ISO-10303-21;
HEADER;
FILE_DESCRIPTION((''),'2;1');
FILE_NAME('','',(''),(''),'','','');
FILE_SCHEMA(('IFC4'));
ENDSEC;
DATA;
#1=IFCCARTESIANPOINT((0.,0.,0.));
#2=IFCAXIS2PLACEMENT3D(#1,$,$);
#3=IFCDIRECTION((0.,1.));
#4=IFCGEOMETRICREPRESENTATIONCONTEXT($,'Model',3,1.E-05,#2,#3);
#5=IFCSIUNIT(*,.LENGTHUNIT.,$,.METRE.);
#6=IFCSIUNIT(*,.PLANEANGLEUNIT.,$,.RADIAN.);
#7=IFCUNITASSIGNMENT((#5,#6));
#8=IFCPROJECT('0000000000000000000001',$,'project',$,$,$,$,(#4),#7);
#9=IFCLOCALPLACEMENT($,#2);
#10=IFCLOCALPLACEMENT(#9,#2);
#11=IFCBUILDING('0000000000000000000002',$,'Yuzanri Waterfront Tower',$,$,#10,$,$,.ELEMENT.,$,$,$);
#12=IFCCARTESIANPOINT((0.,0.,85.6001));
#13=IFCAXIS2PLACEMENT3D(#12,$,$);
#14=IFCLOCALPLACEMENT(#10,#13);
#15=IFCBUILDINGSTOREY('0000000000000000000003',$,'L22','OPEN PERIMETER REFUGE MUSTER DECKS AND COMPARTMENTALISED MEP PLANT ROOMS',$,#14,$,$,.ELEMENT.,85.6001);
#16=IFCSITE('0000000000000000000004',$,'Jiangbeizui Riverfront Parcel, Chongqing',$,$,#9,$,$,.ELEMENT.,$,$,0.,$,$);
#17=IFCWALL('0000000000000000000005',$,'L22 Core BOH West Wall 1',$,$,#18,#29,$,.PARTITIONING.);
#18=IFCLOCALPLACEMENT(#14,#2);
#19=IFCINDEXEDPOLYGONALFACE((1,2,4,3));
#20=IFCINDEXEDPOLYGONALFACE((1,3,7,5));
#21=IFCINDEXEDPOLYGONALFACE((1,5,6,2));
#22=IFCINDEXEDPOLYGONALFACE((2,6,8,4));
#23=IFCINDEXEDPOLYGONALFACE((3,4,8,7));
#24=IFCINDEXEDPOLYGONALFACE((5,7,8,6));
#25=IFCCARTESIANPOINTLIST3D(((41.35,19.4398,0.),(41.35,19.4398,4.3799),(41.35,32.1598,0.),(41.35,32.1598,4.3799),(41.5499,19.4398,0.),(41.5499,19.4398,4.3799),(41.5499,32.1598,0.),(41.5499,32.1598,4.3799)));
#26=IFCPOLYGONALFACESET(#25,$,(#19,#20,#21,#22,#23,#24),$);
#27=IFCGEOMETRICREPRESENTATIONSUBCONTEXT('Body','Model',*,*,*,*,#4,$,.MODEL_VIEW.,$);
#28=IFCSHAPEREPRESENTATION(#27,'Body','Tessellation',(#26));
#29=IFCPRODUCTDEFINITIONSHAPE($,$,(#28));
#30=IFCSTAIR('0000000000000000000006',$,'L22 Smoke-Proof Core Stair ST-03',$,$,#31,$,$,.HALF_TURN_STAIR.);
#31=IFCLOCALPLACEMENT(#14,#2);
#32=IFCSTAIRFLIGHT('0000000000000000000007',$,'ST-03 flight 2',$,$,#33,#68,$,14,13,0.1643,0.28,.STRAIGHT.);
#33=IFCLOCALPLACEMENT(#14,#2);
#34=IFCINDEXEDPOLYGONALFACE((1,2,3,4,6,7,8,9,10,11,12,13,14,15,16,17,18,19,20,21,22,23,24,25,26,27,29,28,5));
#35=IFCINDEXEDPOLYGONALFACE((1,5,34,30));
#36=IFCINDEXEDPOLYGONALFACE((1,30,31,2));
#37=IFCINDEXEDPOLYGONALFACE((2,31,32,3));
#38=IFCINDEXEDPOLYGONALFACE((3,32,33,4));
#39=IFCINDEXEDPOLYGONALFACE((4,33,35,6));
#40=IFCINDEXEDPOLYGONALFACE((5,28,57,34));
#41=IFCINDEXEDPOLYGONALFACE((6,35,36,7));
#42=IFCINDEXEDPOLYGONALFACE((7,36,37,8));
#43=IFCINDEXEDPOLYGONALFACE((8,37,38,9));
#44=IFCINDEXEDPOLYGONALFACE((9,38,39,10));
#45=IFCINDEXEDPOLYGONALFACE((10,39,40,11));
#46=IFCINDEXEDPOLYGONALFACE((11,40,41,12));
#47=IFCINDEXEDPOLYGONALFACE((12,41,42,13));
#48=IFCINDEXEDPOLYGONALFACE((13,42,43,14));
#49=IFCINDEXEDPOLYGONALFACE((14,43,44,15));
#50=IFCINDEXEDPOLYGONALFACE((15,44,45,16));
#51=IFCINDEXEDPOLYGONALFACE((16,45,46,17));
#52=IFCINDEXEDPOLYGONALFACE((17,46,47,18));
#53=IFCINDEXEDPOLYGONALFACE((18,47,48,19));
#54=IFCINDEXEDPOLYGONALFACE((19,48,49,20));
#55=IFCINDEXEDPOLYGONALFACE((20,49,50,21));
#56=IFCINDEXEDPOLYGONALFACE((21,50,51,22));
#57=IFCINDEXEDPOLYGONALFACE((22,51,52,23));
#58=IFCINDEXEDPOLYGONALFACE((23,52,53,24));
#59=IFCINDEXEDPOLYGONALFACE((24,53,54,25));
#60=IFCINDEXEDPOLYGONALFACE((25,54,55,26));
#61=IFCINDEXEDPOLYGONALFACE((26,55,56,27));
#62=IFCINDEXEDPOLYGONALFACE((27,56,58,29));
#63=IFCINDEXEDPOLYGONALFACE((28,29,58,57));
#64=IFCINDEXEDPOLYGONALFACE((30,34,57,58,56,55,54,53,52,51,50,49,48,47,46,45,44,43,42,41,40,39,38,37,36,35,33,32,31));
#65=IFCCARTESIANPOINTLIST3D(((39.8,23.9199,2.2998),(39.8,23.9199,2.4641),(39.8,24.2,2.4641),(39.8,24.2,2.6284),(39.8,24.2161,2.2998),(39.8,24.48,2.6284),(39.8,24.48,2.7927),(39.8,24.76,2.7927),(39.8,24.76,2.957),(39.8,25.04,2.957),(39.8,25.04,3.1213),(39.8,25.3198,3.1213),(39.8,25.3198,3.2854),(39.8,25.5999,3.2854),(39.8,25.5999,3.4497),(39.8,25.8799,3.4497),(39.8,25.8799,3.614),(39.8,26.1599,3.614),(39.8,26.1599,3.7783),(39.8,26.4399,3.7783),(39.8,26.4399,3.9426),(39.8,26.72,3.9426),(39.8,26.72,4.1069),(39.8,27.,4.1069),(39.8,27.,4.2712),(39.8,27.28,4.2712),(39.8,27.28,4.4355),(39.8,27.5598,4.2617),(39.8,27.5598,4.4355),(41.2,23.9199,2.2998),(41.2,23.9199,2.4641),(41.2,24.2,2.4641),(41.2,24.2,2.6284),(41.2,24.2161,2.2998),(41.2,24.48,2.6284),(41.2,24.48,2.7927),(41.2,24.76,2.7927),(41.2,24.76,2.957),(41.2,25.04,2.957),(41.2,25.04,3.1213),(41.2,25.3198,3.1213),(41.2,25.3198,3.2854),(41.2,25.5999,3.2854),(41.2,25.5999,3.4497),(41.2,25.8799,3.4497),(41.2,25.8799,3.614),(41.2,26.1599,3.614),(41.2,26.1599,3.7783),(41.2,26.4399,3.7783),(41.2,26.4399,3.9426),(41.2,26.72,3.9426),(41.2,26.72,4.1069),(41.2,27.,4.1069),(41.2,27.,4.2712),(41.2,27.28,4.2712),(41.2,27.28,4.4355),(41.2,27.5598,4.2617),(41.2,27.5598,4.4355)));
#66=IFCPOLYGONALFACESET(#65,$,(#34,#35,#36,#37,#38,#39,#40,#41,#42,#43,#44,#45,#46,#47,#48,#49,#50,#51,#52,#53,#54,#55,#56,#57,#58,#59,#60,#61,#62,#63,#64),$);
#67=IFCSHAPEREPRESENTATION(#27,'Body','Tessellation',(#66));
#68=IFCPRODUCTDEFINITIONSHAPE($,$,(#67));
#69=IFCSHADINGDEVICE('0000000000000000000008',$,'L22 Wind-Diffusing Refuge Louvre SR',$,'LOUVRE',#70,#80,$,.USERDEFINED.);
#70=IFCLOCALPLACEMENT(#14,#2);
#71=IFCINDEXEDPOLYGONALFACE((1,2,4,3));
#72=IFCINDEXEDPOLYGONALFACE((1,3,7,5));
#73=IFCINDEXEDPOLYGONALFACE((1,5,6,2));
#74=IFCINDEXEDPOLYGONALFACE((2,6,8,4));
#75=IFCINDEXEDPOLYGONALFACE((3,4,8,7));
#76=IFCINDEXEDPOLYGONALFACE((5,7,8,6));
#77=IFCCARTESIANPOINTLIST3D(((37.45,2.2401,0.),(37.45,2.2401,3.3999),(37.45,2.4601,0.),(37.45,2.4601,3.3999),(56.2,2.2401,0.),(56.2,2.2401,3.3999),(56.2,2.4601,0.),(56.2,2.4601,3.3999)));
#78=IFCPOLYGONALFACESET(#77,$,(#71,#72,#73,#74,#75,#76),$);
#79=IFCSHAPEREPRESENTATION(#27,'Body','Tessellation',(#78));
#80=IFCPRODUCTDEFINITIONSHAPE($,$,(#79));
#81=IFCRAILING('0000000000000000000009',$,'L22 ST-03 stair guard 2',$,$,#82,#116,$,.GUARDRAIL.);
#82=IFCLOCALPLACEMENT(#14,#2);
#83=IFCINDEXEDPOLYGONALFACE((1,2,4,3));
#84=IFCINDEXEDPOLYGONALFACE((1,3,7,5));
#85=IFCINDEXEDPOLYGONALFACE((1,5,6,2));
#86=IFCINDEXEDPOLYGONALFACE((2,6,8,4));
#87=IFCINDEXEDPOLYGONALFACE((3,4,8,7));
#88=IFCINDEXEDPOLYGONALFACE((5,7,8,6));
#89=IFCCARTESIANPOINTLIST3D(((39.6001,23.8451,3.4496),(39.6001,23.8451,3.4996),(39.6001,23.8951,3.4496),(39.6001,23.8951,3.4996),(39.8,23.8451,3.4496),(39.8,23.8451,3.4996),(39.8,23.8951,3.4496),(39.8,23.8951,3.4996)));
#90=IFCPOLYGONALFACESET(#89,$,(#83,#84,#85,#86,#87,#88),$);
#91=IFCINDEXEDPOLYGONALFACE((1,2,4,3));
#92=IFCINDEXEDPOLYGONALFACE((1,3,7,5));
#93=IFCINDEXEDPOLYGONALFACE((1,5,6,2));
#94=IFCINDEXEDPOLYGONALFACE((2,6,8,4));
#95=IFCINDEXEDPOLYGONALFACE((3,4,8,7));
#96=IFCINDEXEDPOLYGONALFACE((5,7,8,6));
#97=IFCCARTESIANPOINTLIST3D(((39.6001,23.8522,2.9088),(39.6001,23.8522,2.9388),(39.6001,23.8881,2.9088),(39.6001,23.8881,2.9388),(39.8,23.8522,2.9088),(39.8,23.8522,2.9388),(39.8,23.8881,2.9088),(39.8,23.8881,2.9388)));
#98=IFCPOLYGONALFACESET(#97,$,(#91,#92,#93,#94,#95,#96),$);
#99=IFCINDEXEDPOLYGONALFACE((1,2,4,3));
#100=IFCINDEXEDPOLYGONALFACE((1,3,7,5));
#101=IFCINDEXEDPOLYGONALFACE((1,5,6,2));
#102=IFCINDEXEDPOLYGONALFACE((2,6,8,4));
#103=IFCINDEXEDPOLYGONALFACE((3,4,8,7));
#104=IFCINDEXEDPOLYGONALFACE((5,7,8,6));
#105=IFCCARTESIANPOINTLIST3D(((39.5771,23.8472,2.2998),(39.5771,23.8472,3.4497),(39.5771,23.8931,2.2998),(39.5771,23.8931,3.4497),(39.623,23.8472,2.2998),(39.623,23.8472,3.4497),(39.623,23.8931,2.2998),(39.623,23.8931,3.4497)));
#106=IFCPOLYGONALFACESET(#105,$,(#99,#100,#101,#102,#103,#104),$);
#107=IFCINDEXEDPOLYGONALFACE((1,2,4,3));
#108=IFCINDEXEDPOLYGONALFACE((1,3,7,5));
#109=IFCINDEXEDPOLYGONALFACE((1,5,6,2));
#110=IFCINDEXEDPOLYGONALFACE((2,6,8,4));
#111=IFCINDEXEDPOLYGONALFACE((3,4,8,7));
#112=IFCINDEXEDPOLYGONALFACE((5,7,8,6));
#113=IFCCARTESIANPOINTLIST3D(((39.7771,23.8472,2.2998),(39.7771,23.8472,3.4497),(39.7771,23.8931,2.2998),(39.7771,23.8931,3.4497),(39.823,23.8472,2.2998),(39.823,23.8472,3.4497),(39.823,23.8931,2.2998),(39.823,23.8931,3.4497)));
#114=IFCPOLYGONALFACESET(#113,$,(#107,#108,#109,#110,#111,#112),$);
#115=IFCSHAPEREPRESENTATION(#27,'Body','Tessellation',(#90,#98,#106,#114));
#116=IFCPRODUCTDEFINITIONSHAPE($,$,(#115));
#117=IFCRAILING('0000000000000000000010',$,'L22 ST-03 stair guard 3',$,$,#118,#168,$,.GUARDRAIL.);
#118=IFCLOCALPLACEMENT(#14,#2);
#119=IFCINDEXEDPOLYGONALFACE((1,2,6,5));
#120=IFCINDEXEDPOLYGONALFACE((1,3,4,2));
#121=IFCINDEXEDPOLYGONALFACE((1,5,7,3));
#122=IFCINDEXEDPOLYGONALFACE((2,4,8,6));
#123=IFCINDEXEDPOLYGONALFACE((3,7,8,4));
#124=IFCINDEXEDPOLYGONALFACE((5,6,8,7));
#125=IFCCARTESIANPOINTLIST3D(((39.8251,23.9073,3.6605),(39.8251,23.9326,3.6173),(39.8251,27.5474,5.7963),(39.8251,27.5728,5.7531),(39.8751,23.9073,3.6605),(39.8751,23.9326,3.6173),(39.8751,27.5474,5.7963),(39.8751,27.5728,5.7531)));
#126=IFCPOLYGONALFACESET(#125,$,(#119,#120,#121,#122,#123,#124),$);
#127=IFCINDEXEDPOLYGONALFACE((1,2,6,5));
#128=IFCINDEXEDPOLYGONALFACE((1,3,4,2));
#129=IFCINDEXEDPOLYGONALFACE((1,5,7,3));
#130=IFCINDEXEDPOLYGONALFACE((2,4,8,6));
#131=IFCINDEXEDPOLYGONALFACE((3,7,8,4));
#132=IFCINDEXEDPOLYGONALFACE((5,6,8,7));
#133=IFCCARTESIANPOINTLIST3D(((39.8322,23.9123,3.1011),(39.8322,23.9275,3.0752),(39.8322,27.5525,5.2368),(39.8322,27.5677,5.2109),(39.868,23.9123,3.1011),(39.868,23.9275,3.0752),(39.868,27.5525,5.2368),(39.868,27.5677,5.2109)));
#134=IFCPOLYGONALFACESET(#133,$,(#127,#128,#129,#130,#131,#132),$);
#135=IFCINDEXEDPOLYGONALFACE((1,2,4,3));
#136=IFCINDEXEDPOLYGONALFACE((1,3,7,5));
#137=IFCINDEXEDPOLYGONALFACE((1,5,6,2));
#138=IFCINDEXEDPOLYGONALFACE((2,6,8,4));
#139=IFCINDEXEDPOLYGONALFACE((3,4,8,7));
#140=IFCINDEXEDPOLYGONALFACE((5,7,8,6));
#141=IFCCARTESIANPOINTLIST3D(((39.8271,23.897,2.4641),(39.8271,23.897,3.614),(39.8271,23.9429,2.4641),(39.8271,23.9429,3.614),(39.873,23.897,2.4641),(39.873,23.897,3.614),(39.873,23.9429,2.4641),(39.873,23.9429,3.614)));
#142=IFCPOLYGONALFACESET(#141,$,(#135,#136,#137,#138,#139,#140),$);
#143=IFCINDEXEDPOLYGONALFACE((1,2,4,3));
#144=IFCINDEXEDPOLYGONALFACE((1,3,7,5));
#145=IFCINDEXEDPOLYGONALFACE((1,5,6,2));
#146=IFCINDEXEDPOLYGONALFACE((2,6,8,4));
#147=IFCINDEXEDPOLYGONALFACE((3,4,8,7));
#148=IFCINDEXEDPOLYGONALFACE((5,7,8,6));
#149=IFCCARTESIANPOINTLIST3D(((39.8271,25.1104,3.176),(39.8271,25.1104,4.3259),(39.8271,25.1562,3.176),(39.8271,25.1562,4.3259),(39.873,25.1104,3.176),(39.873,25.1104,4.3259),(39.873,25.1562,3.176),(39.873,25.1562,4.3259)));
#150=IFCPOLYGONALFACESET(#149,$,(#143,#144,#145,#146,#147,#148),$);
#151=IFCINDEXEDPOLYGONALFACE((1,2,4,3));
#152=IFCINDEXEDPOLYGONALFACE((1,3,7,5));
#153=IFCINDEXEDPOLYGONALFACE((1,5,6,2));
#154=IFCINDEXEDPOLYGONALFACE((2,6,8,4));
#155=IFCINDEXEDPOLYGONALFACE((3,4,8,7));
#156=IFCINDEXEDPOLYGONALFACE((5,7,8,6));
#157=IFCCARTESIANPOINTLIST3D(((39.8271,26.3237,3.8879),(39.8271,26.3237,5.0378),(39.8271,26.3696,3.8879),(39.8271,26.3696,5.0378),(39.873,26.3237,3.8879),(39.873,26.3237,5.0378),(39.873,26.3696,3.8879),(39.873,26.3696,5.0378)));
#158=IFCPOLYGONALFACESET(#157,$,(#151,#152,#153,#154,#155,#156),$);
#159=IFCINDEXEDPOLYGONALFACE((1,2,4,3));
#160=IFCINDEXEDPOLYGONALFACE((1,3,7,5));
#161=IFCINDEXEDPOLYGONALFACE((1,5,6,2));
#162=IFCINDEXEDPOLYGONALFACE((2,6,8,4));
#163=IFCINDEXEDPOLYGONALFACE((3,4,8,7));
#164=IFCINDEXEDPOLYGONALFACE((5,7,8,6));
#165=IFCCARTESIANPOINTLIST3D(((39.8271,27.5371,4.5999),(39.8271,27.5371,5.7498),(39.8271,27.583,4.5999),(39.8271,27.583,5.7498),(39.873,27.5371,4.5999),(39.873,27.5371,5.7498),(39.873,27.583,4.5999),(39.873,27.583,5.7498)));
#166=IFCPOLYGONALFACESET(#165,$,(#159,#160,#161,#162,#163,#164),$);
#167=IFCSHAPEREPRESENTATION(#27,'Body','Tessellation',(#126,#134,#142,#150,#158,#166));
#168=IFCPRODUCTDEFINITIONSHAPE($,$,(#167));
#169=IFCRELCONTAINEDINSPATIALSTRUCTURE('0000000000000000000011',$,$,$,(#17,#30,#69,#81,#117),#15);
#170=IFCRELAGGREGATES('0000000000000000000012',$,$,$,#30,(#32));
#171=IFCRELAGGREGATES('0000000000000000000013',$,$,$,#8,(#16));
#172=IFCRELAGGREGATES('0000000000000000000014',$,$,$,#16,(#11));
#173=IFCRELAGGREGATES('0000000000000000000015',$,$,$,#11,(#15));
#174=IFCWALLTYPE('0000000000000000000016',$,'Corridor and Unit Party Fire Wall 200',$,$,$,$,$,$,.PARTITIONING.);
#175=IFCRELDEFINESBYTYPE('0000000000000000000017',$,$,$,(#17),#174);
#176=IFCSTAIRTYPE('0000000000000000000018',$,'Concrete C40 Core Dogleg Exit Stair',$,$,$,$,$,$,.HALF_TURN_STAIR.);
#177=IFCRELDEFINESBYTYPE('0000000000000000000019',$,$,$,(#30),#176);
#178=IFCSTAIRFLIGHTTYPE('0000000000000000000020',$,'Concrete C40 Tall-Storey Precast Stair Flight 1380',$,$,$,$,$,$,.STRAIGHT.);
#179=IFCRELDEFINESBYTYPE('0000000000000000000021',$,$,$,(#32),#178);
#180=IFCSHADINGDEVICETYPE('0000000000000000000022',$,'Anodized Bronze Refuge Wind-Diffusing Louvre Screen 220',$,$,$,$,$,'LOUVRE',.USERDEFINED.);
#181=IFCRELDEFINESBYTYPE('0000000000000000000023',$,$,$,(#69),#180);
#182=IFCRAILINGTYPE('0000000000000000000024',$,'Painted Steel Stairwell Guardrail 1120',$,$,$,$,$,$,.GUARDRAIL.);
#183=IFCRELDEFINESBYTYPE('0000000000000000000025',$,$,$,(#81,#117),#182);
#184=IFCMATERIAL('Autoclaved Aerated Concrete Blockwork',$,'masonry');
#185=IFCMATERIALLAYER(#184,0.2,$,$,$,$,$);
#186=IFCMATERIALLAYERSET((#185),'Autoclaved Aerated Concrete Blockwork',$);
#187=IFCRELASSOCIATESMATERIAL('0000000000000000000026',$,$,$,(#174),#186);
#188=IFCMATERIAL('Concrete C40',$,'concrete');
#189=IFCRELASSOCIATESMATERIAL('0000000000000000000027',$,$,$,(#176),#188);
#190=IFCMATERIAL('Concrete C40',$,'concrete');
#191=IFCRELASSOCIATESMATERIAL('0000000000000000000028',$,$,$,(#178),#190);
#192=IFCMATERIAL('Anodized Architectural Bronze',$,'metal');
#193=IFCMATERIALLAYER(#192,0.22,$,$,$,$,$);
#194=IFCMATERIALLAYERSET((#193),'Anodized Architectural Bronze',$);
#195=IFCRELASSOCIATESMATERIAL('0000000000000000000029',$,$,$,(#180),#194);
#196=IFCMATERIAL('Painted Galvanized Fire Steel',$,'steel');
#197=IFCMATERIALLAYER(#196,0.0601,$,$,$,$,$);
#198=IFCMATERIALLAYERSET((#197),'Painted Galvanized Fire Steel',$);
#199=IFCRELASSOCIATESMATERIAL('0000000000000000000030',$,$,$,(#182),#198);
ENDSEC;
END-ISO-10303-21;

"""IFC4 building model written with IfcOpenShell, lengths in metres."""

from ifc_helpers import new_model, si_unit, direction, frame, frame_2d, origin, origin_2d, place, context, subcontext, project, spatial, polyline, rectangle, outline, extrude, source, transform, mapped, material, layer, layer_set, type_object, element, aggregate, save


model = new_model("IFC4")

# Units and contexts
model_context = context("Model", 3, precision=1e-05, world=origin(), true_north=direction((0.0, 1.0)))
body_context = subcontext(model_context, "Body", "Model", "MODEL_VIEW")
ifc_project = project(units=[si_unit("LENGTHUNIT", "METRE"), si_unit("PLANEANGLEUNIT", "RADIAN")], contexts=[model_context])

# Site, building, storey
site_placement = place(None, origin())
site = spatial("IfcSite", under=ifc_project, at=site_placement, Name="Jiangbeizui Riverfront Parcel, Chongqing", CompositionType="ELEMENT", RefElevation=0.0)
building_placement = place(site_placement, origin())
building = spatial("IfcBuilding", under=site, at=building_placement, Name="Yuzanri Waterfront Tower", CompositionType="ELEMENT")
storey_placement = place(building_placement, frame((0.0, 0.0, 85.6001)))
storey = spatial("IfcBuildingStorey", under=building, at=storey_placement, Name="L22", Description="OPEN PERIMETER REFUGE MUSTER DECKS AND COMPARTMENTALISED MEP PLANT ROOMS", CompositionType="ELEMENT", Elevation=85.6001)

# Wall
ifc_material_1 = material(Name="Autoclaved Aerated Concrete Blockwork", Category="masonry")
ifc_layer_1 = layer(ifc_material_1, 0.2)
ifc_layer_set_1 = layer_set([ifc_layer_1], Name="Autoclaved Aerated Concrete Blockwork")
wall_type_1 = type_object("IfcWallType", Name="Corridor and Unit Party Fire Wall 200", PredefinedType="PARTITIONING", material=ifc_layer_set_1)
shared_shape_1 = source(origin(), body_context, "Body", "SweptSolid", [
    extrude(rectangle(XDim=12.72, YDim=0.2, at=frame_2d((6.3599, 0.0))), origin(), (0.0, 0.0, 1.0), 4.3799),
])
wall_1_placement = place(storey_placement, frame((41.45, 19.4399, 0.0), z_axis=(0.0, 0.0, 1.0), x_axis=(0.0, 1.0, 0.0)))
element("IfcWall", 1, at=wall_1_placement, inside=storey, type_object=wall_type_1, Name="L22 Core BOH West Wall 1", PredefinedType="PARTITIONING", context=body_context, shape_type="MappedRepresentation", body=[
    mapped(shared_shape_1, transform((0.0, 0.0, 0.0), scale=1.0)),
])

# Stair, stair flight
ifc_material_2 = material(Name="Concrete C40", Category="concrete")
stair_type = type_object("IfcStairType", Name="Concrete C40 Core Dogleg Exit Stair", PredefinedType="HALF_TURN_STAIR", material=ifc_material_2)
stair_placement = place(storey_placement, origin())
stair = element("IfcStair", 2, at=stair_placement, inside=storey, type_object=stair_type, Name="L22 Smoke-Proof Core Stair ST-03", PredefinedType="HALF_TURN_STAIR")
ifc_material_3 = material(Name="Concrete C40", Category="concrete")
stair_flight_type = type_object("IfcStairFlightType", Name="Concrete C40 Tall-Storey Precast Stair Flight 1380", PredefinedType="STRAIGHT", material=ifc_material_3)
shared_shape_2 = source(origin(), body_context, "Body", "SweptSolid", [
    extrude(outline(polyline([(0.0, 0.0), (0.0, 0.1643), (0.28, 0.1643), (0.28, 0.3286), (0.5601, 0.3286), (0.5601, 0.4929), (0.8401, 0.4929), (0.8401, 0.6572), (1.1201, 0.6572), (1.1201, 0.8215), (1.3999, 0.8215), (1.3999, 0.9856), (1.6799, 0.9856), (1.6799, 1.1499), (1.96, 1.1499), (1.96, 1.3142), (2.24, 1.3142), (2.24, 1.4785), (2.52, 1.4785), (2.52, 1.6428), (2.8, 1.6428), (2.8, 1.8071), (3.0801, 1.8071), (3.0801, 1.9714), (3.3601, 1.9714), (3.3601, 2.1357), (3.6399, 2.1357), (3.6399, 2.3), (3.6399, 1.9619), (0.2961, 0.0), (0.0, 0.0)])), frame((0.0, 0.7, 0.0), z_axis=(0.0, -1.0, 0.0), x_axis=(1.0, 0.0, 0.0)), (0.0, 0.0, 1.0), 1.3999),
])
stair_flight_placement = place(storey_placement, frame((40.5, 23.9199, 2.2998), z_axis=(0.0, 0.0, 1.0), x_axis=(0.0, 1.0, 0.0)))
stair_flight = element("IfcStairFlight", 3, at=stair_flight_placement, type_object=stair_flight_type, Name="ST-03 flight 2", NumberOfRisers=14, NumberOfTreads=13, PredefinedType="STRAIGHT", RiserHeight=0.1643, TreadLength=0.28, context=body_context, shape_type="MappedRepresentation", body=[
    mapped(shared_shape_2, transform((0.0, 0.0, 0.0), scale=1.0)),
])
aggregate(stair, [stair_flight])

# Shading device
ifc_material_4 = material(Name="Anodized Architectural Bronze", Category="metal")
ifc_layer_2 = layer(ifc_material_4, 0.22)
ifc_layer_set_2 = layer_set([ifc_layer_2], Name="Anodized Architectural Bronze")
shading_device_type = type_object("IfcShadingDeviceType", Name="Anodized Bronze Refuge Wind-Diffusing Louvre Screen 220", ElementType="LOUVRE", PredefinedType="USERDEFINED", material=ifc_layer_set_2)
shared_shape_3 = source(origin(), body_context, "Body", "SweptSolid", [
    extrude(rectangle(XDim=18.75, YDim=0.22, at=origin_2d()), origin(), (0.0, 0.0, 1.0), 3.3999),
])
shading_device_placement = place(storey_placement, frame((46.825, 2.3501, 0.0), z_axis=(0.0, 0.0, 1.0), x_axis=(1.0, 0.0, 0.0)))
element("IfcShadingDevice", 4, at=shading_device_placement, inside=storey, type_object=shading_device_type, Name="L22 Wind-Diffusing Refuge Louvre SR", ObjectType="LOUVRE", PredefinedType="USERDEFINED", context=body_context, shape_type="MappedRepresentation", body=[
    mapped(shared_shape_3, transform((0.0, 0.0, 0.0), scale=1.0)),
])

# Railings
ifc_material_5 = material(Name="Painted Galvanized Fire Steel", Category="steel")
ifc_layer_3 = layer(ifc_material_5, 0.0601)
ifc_layer_set_3 = layer_set([ifc_layer_3], Name="Painted Galvanized Fire Steel")
railing_type_1 = type_object("IfcRailingType", Name="Painted Steel Stairwell Guardrail 1120", PredefinedType="GUARDRAIL", material=ifc_layer_set_3)
shared_shape_4 = source(origin(), body_context, "Body", "SweptSolid", [
    extrude(rectangle(XDim=0.05, YDim=0.05, at=origin_2d()), frame((0.0, 0.0, 1.1748), z_axis=(1.0, 0.0, 0.0), x_axis=(0.0, 1.0, 0.0)), (0.0, 0.0, 1.0), 0.2),
    extrude(rectangle(XDim=0.0359, YDim=0.03, at=origin_2d()), frame((0.0, 0.0, 0.624), z_axis=(1.0, 0.0, 0.0), x_axis=(0.0, 1.0, 0.0)), (0.0, 0.0, 1.0), 0.2),
    extrude(rectangle(XDim=0.0459, YDim=0.0459, at=origin_2d()), origin(), (0.0, 0.0, 1.0), 1.1499),
    extrude(rectangle(XDim=0.0459, YDim=0.0459, at=origin_2d()), frame((0.2, 0.0, 0.0)), (0.0, 0.0, 1.0), 1.1499),
])
railing_1_placement = place(storey_placement, frame((39.6001, 23.8701, 2.2998)))
element("IfcRailing", 5, at=railing_1_placement, inside=storey, type_object=railing_type_1, Name="L22 ST-03 stair guard 2", PredefinedType="GUARDRAIL", context=body_context, shape_type="MappedRepresentation", body=[
    mapped(shared_shape_4, transform((0.0, 0.0, 0.0), scale=1.0)),
])
shared_shape_5 = source(origin(), body_context, "Body", "SweptSolid", [
    extrude(rectangle(XDim=0.05, YDim=0.05, at=origin_2d()), frame((0.0, 0.0, 1.1748), z_axis=(0.0, 0.862505, 0.506049), x_axis=(-1.0, 0.0, 0.0)), (0.0, 0.0, 1.0), 4.2205),
    extrude(rectangle(XDim=0.0359, YDim=0.03, at=origin_2d()), frame((0.0, 0.0, 0.624), z_axis=(0.0, 0.862505, 0.506049), x_axis=(-1.0, 0.0, 0.0)), (0.0, 0.0, 1.0), 4.2205),
    extrude(rectangle(XDim=0.0459, YDim=0.0459, at=origin_2d()), origin(), (0.0, 0.0, 1.0), 1.1499),
    extrude(rectangle(XDim=0.0459, YDim=0.0459, at=origin_2d()), frame((0.0, 1.2134, 0.7119)), (0.0, 0.0, 1.0), 1.1499),
    extrude(rectangle(XDim=0.0459, YDim=0.0459, at=origin_2d()), frame((0.0, 2.4268, 1.4238)), (0.0, 0.0, 1.0), 1.1499),
    extrude(rectangle(XDim=0.0459, YDim=0.0459, at=origin_2d()), frame((0.0, 3.6401, 2.1357)), (0.0, 0.0, 1.0), 1.1499),
])
railing_2_placement = place(storey_placement, frame((39.8501, 23.9199, 2.4641)))
element("IfcRailing", 6, at=railing_2_placement, inside=storey, type_object=railing_type_1, Name="L22 ST-03 stair guard 3", PredefinedType="GUARDRAIL", context=body_context, shape_type="MappedRepresentation", body=[
    mapped(shared_shape_5, transform((0.0, 0.0, 0.0), scale=1.0)),
])

save(model, "model.ifc")
